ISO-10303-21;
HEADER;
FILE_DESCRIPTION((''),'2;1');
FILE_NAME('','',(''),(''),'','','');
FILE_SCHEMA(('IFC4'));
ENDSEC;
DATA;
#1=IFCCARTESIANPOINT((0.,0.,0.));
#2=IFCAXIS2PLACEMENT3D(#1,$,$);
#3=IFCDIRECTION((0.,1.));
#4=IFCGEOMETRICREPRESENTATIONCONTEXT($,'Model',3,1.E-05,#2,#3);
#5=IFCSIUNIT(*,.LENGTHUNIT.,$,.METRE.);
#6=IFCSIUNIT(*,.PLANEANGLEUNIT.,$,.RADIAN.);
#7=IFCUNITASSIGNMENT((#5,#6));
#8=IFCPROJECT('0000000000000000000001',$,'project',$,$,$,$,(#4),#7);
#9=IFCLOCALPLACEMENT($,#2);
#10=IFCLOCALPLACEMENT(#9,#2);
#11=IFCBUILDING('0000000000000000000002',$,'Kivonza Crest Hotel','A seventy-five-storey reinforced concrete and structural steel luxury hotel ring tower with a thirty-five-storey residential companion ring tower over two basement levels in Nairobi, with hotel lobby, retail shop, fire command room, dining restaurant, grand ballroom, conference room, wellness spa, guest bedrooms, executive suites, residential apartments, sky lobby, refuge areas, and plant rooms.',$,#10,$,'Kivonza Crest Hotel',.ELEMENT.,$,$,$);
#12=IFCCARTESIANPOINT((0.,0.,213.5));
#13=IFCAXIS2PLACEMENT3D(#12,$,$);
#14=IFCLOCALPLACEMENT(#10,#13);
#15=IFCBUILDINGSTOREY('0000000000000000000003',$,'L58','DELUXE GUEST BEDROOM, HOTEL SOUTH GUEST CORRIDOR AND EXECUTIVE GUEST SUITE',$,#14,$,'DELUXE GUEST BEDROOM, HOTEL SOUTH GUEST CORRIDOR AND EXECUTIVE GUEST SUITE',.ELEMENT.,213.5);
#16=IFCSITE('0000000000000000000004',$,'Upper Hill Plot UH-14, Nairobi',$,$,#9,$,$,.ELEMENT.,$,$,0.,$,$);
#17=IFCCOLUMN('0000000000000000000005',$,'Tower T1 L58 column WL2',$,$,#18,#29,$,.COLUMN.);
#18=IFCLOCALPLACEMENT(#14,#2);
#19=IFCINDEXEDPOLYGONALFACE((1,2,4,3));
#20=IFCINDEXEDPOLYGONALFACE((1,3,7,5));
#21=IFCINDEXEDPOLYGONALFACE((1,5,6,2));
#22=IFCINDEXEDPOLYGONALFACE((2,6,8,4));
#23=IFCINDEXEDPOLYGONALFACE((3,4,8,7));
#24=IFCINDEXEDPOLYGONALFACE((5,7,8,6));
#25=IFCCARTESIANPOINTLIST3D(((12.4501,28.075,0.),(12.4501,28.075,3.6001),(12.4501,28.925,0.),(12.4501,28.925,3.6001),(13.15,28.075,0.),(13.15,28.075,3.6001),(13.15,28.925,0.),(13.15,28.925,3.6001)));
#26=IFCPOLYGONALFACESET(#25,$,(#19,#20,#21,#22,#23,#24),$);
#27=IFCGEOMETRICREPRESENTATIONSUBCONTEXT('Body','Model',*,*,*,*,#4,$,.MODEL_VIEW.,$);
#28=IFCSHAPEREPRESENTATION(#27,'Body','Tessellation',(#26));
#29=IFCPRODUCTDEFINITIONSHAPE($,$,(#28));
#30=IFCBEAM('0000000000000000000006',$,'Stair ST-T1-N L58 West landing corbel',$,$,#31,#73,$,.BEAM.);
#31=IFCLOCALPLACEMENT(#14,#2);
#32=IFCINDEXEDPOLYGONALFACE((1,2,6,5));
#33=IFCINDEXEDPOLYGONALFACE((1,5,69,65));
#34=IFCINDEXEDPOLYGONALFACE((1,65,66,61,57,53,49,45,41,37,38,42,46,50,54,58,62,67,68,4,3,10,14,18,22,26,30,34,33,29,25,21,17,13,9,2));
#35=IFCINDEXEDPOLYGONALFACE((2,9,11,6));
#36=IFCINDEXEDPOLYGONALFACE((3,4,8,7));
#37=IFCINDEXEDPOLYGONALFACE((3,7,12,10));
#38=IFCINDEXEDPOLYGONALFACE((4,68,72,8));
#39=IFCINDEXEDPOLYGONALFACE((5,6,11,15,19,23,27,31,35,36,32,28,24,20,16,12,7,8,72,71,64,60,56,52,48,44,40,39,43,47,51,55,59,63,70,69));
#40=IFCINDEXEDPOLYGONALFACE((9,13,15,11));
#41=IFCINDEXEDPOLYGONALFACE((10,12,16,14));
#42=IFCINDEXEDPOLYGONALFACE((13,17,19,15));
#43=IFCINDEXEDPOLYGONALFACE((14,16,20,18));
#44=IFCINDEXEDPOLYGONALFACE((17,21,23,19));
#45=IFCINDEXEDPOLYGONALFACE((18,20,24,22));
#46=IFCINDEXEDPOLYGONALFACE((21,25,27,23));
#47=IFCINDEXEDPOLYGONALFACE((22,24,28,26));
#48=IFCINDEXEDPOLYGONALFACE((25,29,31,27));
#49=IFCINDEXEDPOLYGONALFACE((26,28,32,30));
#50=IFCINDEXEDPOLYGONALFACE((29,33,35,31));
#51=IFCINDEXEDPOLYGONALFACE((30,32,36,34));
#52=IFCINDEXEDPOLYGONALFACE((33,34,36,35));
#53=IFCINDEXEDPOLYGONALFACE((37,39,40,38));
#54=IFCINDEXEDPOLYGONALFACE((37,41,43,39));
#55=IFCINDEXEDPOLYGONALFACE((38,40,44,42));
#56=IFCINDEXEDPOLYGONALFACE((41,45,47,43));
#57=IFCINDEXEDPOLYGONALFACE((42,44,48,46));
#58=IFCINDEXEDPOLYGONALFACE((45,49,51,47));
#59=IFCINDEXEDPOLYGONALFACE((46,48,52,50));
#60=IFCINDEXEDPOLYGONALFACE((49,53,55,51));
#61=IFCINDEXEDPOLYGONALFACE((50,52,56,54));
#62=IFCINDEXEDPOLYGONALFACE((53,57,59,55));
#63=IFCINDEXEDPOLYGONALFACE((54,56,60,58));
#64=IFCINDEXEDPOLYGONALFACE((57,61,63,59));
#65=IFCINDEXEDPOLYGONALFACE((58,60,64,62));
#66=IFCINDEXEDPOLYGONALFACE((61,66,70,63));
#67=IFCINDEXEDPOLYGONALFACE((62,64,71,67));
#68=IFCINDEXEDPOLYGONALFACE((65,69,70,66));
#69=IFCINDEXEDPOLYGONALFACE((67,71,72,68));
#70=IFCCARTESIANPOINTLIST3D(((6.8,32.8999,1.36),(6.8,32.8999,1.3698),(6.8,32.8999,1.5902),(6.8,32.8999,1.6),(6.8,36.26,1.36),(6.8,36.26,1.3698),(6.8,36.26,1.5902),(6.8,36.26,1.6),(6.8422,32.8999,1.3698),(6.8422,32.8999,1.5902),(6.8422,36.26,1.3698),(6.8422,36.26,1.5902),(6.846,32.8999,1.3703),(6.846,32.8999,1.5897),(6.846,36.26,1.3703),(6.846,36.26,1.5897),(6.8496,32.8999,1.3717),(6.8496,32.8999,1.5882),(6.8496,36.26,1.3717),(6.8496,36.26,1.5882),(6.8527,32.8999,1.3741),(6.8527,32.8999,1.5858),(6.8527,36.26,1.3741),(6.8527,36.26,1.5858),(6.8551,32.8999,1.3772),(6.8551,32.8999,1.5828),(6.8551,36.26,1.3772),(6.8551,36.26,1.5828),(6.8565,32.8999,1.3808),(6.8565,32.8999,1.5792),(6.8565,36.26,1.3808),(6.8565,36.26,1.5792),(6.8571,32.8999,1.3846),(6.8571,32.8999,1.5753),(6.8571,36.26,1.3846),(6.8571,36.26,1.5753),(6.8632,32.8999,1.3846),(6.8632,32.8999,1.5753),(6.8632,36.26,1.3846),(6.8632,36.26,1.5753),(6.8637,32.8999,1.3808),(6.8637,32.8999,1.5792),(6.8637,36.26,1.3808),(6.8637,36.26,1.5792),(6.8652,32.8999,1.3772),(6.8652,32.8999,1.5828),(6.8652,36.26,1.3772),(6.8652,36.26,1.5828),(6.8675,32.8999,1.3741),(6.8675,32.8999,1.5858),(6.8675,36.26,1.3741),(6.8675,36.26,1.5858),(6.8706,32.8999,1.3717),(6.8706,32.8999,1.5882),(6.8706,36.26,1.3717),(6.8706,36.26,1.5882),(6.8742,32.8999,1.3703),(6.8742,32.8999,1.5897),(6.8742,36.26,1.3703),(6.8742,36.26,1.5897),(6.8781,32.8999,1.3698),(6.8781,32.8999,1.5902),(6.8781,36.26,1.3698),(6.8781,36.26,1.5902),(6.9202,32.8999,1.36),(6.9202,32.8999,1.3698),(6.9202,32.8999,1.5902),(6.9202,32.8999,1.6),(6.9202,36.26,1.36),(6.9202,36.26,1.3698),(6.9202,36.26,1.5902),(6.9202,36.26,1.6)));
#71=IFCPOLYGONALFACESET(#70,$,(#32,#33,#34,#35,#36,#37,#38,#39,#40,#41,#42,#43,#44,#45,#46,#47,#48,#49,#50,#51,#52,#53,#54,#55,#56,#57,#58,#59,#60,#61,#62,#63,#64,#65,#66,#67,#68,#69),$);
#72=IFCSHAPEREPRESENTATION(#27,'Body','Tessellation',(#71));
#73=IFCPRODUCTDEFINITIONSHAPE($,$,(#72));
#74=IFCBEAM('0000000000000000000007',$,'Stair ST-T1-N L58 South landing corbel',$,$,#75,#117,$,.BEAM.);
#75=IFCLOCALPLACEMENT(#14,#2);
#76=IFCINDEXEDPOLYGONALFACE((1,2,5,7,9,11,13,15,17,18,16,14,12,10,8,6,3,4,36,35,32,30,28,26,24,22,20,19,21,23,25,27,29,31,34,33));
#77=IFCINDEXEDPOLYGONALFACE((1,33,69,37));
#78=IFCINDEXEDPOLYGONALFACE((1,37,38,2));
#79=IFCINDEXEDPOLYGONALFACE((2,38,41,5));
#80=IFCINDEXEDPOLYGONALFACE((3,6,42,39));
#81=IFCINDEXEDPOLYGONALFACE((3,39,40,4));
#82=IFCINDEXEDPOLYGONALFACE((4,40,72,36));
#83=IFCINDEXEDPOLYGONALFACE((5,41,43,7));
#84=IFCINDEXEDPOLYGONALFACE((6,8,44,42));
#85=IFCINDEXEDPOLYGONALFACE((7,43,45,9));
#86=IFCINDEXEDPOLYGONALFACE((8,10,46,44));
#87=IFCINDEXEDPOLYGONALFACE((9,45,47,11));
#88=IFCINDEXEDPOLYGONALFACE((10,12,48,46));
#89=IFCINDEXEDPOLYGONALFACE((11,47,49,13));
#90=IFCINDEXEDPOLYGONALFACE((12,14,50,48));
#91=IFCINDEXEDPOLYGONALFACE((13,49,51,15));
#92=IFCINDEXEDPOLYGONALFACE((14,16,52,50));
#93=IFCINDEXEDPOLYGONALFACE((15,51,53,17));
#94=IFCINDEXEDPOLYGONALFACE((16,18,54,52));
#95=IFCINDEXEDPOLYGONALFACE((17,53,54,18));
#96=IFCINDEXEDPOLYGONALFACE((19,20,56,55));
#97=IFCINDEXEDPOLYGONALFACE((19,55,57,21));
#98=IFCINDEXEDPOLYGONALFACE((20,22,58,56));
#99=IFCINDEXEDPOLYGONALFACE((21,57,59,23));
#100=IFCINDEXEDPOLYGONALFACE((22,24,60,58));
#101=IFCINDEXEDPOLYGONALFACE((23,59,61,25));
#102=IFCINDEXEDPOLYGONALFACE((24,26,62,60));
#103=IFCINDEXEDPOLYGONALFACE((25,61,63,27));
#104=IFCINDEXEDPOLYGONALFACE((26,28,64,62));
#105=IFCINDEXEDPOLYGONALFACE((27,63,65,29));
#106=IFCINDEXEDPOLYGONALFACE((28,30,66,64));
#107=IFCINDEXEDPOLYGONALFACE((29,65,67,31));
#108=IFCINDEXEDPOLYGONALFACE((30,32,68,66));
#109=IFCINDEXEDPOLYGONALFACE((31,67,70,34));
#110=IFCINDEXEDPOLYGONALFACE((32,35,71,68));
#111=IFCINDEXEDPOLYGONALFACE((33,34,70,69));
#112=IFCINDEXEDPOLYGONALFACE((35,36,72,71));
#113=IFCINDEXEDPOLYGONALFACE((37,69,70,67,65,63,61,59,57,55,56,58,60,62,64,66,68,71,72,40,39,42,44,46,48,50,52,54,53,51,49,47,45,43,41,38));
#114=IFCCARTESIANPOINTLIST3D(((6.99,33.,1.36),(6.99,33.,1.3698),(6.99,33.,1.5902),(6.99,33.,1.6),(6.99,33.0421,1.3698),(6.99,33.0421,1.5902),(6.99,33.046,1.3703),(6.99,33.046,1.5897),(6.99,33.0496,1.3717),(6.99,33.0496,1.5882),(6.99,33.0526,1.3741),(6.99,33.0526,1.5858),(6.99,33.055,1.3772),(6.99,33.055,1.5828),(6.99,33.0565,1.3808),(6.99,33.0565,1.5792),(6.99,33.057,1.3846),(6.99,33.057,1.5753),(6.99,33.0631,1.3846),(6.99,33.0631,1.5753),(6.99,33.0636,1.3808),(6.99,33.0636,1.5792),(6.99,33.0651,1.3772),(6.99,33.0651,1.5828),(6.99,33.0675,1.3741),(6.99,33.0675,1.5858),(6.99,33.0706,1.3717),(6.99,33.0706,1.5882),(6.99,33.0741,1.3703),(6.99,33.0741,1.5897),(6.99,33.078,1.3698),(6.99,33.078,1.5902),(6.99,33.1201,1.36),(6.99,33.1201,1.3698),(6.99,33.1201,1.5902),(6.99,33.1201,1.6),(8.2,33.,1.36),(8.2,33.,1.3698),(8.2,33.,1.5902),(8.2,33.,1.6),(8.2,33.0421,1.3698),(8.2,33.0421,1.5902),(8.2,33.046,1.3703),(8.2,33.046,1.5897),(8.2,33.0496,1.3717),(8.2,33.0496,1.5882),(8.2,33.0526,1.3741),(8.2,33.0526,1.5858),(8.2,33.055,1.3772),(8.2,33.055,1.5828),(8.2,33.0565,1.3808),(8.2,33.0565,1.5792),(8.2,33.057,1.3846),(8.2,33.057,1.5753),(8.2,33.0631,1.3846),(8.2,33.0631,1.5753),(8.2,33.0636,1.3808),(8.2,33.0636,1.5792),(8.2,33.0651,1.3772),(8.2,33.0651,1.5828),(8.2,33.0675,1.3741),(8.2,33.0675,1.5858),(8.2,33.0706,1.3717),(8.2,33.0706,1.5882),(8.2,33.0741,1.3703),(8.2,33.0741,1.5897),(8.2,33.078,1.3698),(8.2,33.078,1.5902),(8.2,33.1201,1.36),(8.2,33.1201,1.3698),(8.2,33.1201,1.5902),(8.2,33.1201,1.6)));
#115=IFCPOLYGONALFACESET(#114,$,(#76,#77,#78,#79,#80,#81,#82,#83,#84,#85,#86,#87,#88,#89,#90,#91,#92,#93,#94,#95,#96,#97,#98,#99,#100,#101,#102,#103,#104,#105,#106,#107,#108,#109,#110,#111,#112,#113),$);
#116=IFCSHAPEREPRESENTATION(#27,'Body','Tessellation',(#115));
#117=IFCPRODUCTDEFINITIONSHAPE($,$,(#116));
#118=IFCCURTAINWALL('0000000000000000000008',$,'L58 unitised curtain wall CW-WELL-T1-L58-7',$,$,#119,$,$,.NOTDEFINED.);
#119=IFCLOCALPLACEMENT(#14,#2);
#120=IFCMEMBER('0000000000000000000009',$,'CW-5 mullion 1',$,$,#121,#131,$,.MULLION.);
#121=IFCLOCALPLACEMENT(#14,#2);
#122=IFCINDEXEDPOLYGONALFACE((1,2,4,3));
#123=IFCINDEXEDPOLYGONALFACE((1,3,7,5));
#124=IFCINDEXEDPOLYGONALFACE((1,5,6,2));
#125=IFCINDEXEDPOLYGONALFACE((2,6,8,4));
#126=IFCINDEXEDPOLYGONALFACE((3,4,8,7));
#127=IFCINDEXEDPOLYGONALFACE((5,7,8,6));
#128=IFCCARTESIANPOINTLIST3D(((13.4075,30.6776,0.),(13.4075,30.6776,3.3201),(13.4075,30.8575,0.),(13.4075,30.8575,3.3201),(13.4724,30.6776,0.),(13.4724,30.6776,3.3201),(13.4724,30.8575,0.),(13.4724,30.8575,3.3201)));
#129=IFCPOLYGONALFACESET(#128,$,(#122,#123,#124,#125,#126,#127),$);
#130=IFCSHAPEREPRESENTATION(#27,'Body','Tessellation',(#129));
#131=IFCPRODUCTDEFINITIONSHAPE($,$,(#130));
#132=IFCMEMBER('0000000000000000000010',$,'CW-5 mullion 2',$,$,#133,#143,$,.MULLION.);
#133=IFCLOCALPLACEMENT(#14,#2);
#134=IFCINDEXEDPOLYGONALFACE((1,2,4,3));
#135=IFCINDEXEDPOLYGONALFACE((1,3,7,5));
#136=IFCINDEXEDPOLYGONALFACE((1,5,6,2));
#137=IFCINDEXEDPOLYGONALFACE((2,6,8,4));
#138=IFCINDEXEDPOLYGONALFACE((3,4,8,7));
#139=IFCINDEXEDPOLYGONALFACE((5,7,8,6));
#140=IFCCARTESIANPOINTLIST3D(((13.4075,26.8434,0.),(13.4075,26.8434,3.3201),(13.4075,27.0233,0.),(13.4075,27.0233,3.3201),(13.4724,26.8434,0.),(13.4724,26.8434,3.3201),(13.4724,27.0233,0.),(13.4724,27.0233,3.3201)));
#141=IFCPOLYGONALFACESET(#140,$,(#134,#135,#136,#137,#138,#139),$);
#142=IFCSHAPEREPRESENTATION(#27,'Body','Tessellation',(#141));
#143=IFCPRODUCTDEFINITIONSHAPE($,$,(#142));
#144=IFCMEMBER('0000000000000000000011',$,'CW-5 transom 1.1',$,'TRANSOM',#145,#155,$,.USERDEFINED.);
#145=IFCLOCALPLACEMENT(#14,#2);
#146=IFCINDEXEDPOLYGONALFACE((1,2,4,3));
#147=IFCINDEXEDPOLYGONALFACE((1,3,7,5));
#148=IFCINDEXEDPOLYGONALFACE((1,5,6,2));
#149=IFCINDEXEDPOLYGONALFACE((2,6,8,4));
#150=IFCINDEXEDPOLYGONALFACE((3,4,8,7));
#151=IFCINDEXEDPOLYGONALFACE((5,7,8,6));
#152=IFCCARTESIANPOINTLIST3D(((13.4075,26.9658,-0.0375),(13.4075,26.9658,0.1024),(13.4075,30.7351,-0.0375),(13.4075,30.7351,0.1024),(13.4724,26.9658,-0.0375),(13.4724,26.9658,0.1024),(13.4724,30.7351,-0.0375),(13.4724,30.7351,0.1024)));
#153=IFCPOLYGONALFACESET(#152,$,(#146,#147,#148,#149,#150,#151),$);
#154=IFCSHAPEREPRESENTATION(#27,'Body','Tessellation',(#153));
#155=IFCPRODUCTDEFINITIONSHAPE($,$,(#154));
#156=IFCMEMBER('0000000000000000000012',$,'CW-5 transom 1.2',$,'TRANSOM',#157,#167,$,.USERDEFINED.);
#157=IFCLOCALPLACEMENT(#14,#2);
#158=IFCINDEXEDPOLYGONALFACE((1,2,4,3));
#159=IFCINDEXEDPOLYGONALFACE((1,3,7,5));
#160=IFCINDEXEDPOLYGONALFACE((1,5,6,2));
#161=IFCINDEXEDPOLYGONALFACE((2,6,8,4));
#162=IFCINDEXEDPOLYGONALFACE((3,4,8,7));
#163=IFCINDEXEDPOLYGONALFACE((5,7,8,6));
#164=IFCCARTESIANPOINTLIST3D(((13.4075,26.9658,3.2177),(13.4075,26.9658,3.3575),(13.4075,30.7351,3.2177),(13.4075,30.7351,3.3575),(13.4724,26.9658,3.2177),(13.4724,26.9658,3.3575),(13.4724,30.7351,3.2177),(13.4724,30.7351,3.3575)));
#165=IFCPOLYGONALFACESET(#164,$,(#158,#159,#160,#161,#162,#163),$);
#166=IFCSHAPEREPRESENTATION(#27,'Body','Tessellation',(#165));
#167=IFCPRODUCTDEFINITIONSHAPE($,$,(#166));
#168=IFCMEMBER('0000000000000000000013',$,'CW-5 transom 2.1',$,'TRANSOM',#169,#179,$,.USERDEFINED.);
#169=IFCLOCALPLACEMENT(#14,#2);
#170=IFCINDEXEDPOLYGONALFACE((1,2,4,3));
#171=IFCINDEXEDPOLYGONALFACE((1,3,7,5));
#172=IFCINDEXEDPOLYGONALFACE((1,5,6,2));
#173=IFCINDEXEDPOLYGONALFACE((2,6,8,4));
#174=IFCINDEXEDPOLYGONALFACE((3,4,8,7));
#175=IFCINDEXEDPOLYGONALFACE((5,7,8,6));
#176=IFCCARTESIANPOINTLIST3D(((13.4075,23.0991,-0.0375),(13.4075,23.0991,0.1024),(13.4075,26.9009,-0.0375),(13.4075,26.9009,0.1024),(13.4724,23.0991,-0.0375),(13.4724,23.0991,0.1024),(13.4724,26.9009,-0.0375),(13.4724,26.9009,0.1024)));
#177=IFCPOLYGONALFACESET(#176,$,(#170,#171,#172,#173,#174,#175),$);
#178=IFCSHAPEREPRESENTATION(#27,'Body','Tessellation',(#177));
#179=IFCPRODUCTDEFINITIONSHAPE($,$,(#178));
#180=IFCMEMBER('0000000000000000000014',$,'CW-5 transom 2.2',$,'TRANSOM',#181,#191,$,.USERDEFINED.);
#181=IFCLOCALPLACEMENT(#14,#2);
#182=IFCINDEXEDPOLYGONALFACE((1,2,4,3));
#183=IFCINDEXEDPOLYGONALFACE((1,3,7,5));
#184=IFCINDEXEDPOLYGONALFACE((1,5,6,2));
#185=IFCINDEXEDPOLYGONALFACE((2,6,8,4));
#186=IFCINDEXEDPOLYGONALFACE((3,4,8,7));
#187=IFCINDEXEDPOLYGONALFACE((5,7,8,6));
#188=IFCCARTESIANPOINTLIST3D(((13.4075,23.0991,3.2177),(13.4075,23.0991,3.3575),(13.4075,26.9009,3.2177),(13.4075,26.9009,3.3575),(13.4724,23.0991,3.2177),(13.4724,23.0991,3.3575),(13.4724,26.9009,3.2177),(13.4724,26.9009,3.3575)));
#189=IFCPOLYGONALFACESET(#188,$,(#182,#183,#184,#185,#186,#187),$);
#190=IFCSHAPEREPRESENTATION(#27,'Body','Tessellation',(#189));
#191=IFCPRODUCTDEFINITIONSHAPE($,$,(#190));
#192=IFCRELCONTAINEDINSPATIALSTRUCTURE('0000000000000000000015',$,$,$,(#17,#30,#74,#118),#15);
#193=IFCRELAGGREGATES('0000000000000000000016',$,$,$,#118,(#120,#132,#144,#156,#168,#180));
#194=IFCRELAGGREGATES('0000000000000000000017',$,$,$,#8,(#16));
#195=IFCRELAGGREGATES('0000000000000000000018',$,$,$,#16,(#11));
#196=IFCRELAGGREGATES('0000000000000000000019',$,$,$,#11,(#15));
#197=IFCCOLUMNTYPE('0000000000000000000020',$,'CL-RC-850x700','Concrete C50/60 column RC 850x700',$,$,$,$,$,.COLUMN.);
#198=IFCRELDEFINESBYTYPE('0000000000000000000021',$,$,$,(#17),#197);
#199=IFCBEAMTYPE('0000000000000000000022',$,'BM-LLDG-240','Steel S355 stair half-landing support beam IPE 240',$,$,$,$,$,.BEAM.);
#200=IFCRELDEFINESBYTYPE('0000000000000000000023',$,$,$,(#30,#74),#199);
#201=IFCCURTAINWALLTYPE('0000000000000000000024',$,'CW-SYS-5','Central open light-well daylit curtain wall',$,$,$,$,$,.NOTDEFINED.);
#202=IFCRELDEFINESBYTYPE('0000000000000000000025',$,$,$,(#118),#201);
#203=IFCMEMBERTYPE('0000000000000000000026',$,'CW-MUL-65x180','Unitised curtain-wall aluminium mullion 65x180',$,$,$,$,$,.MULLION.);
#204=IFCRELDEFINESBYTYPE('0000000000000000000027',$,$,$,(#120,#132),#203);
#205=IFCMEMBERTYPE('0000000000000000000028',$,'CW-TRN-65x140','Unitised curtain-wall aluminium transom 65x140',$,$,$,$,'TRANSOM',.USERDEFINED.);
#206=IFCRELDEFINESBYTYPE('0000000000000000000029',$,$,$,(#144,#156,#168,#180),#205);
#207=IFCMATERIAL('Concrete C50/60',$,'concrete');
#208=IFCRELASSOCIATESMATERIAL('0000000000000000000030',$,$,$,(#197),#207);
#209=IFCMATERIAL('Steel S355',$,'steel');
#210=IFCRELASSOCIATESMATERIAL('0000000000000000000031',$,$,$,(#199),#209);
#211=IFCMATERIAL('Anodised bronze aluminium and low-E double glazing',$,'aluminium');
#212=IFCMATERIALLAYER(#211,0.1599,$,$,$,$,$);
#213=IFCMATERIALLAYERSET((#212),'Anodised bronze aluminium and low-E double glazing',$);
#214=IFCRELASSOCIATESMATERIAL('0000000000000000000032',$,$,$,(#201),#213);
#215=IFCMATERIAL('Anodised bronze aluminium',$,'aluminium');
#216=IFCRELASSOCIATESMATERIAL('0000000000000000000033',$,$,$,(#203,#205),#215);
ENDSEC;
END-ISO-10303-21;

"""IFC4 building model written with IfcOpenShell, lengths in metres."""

from ifc_helpers import new_model, si_unit, direction, frame, origin, origin_2d, place, context, subcontext, project, spatial, rectangle, i_section, extrude, material, layer, layer_set, material_profile, profile_set, type_object, element, aggregate, save


model = new_model("IFC4")

# Units and contexts
model_context = context("Model", 3, precision=1e-05, world=origin(), true_north=direction((0.0, 1.0)))
body_context = subcontext(model_context, "Body", "Model", "MODEL_VIEW")
ifc_project = project(units=[si_unit("LENGTHUNIT", "METRE"), si_unit("PLANEANGLEUNIT", "RADIAN")], contexts=[model_context])

# Site, building, storey
site_placement = place(None, origin())
site = spatial("IfcSite", under=ifc_project, at=site_placement, Name="Upper Hill Plot UH-14, Nairobi", CompositionType="ELEMENT", RefElevation=0.0)
building_placement = place(site_placement, origin())
building = spatial("IfcBuilding", under=site, at=building_placement, Name="Kivonza Crest Hotel", Description="A seventy-five-storey reinforced concrete and structural steel luxury hotel ring tower with a thirty-five-storey residential companion ring tower over two basement levels in Nairobi, with hotel lobby, retail shop, fire command room, dining restaurant, grand ballroom, conference room, wellness spa, guest bedrooms, executive suites, residential apartments, sky lobby, refuge areas, and plant rooms.", LongName="Kivonza Crest Hotel", CompositionType="ELEMENT")
storey_placement = place(building_placement, frame((0.0, 0.0, 213.5)))
storey = spatial("IfcBuildingStorey", under=building, at=storey_placement, Name="L58", Description="DELUXE GUEST BEDROOM, HOTEL SOUTH GUEST CORRIDOR AND EXECUTIVE GUEST SUITE", LongName="DELUXE GUEST BEDROOM, HOTEL SOUTH GUEST CORRIDOR AND EXECUTIVE GUEST SUITE", CompositionType="ELEMENT", Elevation=213.5)

# Column
ifc_material_1 = material(Name="Concrete C50/60", Category="concrete")
ifc_material_profile_1 = material_profile(ifc_material_1, rectangle(XDim=0.7, YDim=0.8501, at=origin_2d()), Name="RC 850x700")
ifc_profile_set_1 = profile_set([ifc_material_profile_1], Name="Concrete C50/60")
column_type = type_object("IfcColumnType", Name="CL-RC-850x700", Description="Concrete C50/60 column RC 850x700", PredefinedType="COLUMN", material=ifc_profile_set_1)
column_placement = place(storey_placement, frame((12.8, 28.5, 0.0), z_axis=(0.0, 0.0, 1.0), x_axis=(1.0, 0.0, 0.0)))
element("IfcColumn", 1, at=column_placement, inside=storey, type_object=column_type, Name="Tower T1 L58 column WL2", PredefinedType="COLUMN", context=body_context, shape_type="SweptSolid", body=[
    extrude(rectangle(XDim=0.7, YDim=0.8501, at=origin_2d()), origin(), (0.0, 0.0, 1.0), 3.6001),
])

# Beams
ifc_material_2 = material(Name="Steel S355", Category="steel")
ifc_material_profile_2 = material_profile(ifc_material_2, i_section(OverallWidth=0.1201, OverallDepth=0.24, WebThickness=0.0061, FlangeThickness=0.0098, FilletRadius=0.0149, at=origin_2d()), Name="IPE 240")
ifc_profile_set_2 = profile_set([ifc_material_profile_2], Name="Steel S355")
beam_type = type_object("IfcBeamType", Name="BM-LLDG-240", Description="Steel S355 stair half-landing support beam IPE 240", PredefinedType="BEAM", material=ifc_profile_set_2)
beam_1_placement = place(storey_placement, frame((6.8601, 32.8999, 1.48), z_axis=(0.0, 1.0, 0.0), x_axis=(-1.0, 0.0, 0.0)))
element("IfcBeam", 2, at=beam_1_placement, inside=storey, type_object=beam_type, Name="Stair ST-T1-N L58 West landing corbel", PredefinedType="BEAM", context=body_context, shape_type="SweptSolid", body=[
    extrude(i_section(OverallWidth=0.1201, OverallDepth=0.24, WebThickness=0.0061, FlangeThickness=0.0098, FilletRadius=0.0149, at=origin_2d()), origin(), (0.0, 0.0, 1.0), 3.3601),
])
beam_2_placement = place(storey_placement, frame((6.99, 33.0601, 1.48), z_axis=(1.0, 0.0, 0.0), x_axis=(0.0, 1.0, 0.0)))
element("IfcBeam", 3, at=beam_2_placement, inside=storey, type_object=beam_type, Name="Stair ST-T1-N L58 South landing corbel", PredefinedType="BEAM", context=body_context, shape_type="SweptSolid", body=[
    extrude(i_section(OverallWidth=0.1201, OverallDepth=0.24, WebThickness=0.0061, FlangeThickness=0.0098, FilletRadius=0.0149, at=origin_2d()), origin(), (0.0, 0.0, 1.0), 1.21),
])

# Curtain wall, members
ifc_material_3 = material(Name="Anodised bronze aluminium and low-E double glazing", Category="aluminium")
ifc_layer_1 = layer(ifc_material_3, 0.1599)
ifc_layer_set_1 = layer_set([ifc_layer_1], Name="Anodised bronze aluminium and low-E double glazing")
curtain_wall_type = type_object("IfcCurtainWallType", Name="CW-SYS-5", Description="Central open light-well daylit curtain wall", PredefinedType="NOTDEFINED", material=ifc_layer_set_1)
curtain_wall_placement = place(storey_placement, origin())
curtain_wall = element("IfcCurtainWall", 4, at=curtain_wall_placement, inside=storey, type_object=curtain_wall_type, Name="L58 unitised curtain wall CW-WELL-T1-L58-7", PredefinedType="NOTDEFINED")
ifc_material_4 = material(Name="Anodised bronze aluminium", Category="aluminium")
ifc_material_profile_3 = material_profile(ifc_material_4, rectangle(XDim=0.0649, YDim=0.1799, at=origin_2d()), Name="CW-M 65x180")
ifc_profile_set_3 = profile_set([ifc_material_profile_3], Name="Anodised bronze aluminium")
member_type_1 = type_object("IfcMemberType", Name="CW-MUL-65x180", Description="Unitised curtain-wall aluminium mullion 65x180", PredefinedType="MULLION", material=ifc_profile_set_3)
member_1_placement = place(storey_placement, frame((13.4399, 30.7676, 0.0), z_axis=(0.0, 0.0, 1.0), x_axis=(1.0, 0.0, 0.0)))
member_1 = element("IfcMember", 5, at=member_1_placement, type_object=member_type_1, Name="CW-5 mullion 1", PredefinedType="MULLION", context=body_context, shape_type="SweptSolid", body=[
    extrude(rectangle(XDim=0.0649, YDim=0.1799, at=origin_2d()), origin(), (0.0, 0.0, 1.0), 3.3201),
])
member_2_placement = place(storey_placement, frame((13.4399, 26.9333, 0.0), z_axis=(0.0, 0.0, 1.0), x_axis=(1.0, 0.0, 0.0)))
member_2 = element("IfcMember", 6, at=member_2_placement, type_object=member_type_1, Name="CW-5 mullion 2", PredefinedType="MULLION", context=body_context, shape_type="SweptSolid", body=[
    extrude(rectangle(XDim=0.0649, YDim=0.1799, at=origin_2d()), origin(), (0.0, 0.0, 1.0), 3.3201),
])
ifc_material_profile_4 = material_profile(ifc_material_4, rectangle(XDim=0.0649, YDim=0.1399, at=origin_2d()), Name="CW-T 65x140")
ifc_profile_set_4 = profile_set([ifc_material_profile_4], Name="Anodised bronze aluminium")
member_type_2 = type_object("IfcMemberType", Name="CW-TRN-65x140", Description="Unitised curtain-wall aluminium transom 65x140", ElementType="TRANSOM", PredefinedType="USERDEFINED", material=ifc_profile_set_4)
member_3_placement = place(storey_placement, frame((13.4399, 30.7351, 0.0325), z_axis=(0.0, -1.0, 0.0), x_axis=(1.0, 0.0, 0.0)))
member_3 = element("IfcMember", 7, at=member_3_placement, type_object=member_type_2, Name="CW-5 transom 1.1", ObjectType="TRANSOM", PredefinedType="USERDEFINED", context=body_context, shape_type="SweptSolid", body=[
    extrude(rectangle(XDim=0.0649, YDim=0.1399, at=origin_2d()), origin(), (0.0, 0.0, 1.0), 3.7693),
])
member_4_placement = place(storey_placement, frame((13.4399, 30.7351, 3.2876), z_axis=(0.0, -1.0, 0.0), x_axis=(1.0, 0.0, 0.0)))
member_4 = element("IfcMember", 8, at=member_4_placement, type_object=member_type_2, Name="CW-5 transom 1.2", ObjectType="TRANSOM", PredefinedType="USERDEFINED", context=body_context, shape_type="SweptSolid", body=[
    extrude(rectangle(XDim=0.0649, YDim=0.1399, at=origin_2d()), origin(), (0.0, 0.0, 1.0), 3.7693),
])
member_5_placement = place(storey_placement, frame((13.4399, 26.9009, 0.0325), z_axis=(0.0, -1.0, 0.0), x_axis=(1.0, 0.0, 0.0)))
member_5 = element("IfcMember", 9, at=member_5_placement, type_object=member_type_2, Name="CW-5 transom 2.1", ObjectType="TRANSOM", PredefinedType="USERDEFINED", context=body_context, shape_type="SweptSolid", body=[
    extrude(rectangle(XDim=0.0649, YDim=0.1399, at=origin_2d()), origin(), (0.0, 0.0, 1.0), 3.8018),
])
member_6_placement = place(storey_placement, frame((13.4399, 26.9009, 3.2876), z_axis=(0.0, -1.0, 0.0), x_axis=(1.0, 0.0, 0.0)))
member_6 = element("IfcMember", 10, at=member_6_placement, type_object=member_type_2, Name="CW-5 transom 2.2", ObjectType="TRANSOM", PredefinedType="USERDEFINED", context=body_context, shape_type="SweptSolid", body=[
    extrude(rectangle(XDim=0.0649, YDim=0.1399, at=origin_2d()), origin(), (0.0, 0.0, 1.0), 3.8018),
])
aggregate(curtain_wall, [member_1, member_2, member_3, member_4, member_5, member_6])

save(model, "model.ifc")
